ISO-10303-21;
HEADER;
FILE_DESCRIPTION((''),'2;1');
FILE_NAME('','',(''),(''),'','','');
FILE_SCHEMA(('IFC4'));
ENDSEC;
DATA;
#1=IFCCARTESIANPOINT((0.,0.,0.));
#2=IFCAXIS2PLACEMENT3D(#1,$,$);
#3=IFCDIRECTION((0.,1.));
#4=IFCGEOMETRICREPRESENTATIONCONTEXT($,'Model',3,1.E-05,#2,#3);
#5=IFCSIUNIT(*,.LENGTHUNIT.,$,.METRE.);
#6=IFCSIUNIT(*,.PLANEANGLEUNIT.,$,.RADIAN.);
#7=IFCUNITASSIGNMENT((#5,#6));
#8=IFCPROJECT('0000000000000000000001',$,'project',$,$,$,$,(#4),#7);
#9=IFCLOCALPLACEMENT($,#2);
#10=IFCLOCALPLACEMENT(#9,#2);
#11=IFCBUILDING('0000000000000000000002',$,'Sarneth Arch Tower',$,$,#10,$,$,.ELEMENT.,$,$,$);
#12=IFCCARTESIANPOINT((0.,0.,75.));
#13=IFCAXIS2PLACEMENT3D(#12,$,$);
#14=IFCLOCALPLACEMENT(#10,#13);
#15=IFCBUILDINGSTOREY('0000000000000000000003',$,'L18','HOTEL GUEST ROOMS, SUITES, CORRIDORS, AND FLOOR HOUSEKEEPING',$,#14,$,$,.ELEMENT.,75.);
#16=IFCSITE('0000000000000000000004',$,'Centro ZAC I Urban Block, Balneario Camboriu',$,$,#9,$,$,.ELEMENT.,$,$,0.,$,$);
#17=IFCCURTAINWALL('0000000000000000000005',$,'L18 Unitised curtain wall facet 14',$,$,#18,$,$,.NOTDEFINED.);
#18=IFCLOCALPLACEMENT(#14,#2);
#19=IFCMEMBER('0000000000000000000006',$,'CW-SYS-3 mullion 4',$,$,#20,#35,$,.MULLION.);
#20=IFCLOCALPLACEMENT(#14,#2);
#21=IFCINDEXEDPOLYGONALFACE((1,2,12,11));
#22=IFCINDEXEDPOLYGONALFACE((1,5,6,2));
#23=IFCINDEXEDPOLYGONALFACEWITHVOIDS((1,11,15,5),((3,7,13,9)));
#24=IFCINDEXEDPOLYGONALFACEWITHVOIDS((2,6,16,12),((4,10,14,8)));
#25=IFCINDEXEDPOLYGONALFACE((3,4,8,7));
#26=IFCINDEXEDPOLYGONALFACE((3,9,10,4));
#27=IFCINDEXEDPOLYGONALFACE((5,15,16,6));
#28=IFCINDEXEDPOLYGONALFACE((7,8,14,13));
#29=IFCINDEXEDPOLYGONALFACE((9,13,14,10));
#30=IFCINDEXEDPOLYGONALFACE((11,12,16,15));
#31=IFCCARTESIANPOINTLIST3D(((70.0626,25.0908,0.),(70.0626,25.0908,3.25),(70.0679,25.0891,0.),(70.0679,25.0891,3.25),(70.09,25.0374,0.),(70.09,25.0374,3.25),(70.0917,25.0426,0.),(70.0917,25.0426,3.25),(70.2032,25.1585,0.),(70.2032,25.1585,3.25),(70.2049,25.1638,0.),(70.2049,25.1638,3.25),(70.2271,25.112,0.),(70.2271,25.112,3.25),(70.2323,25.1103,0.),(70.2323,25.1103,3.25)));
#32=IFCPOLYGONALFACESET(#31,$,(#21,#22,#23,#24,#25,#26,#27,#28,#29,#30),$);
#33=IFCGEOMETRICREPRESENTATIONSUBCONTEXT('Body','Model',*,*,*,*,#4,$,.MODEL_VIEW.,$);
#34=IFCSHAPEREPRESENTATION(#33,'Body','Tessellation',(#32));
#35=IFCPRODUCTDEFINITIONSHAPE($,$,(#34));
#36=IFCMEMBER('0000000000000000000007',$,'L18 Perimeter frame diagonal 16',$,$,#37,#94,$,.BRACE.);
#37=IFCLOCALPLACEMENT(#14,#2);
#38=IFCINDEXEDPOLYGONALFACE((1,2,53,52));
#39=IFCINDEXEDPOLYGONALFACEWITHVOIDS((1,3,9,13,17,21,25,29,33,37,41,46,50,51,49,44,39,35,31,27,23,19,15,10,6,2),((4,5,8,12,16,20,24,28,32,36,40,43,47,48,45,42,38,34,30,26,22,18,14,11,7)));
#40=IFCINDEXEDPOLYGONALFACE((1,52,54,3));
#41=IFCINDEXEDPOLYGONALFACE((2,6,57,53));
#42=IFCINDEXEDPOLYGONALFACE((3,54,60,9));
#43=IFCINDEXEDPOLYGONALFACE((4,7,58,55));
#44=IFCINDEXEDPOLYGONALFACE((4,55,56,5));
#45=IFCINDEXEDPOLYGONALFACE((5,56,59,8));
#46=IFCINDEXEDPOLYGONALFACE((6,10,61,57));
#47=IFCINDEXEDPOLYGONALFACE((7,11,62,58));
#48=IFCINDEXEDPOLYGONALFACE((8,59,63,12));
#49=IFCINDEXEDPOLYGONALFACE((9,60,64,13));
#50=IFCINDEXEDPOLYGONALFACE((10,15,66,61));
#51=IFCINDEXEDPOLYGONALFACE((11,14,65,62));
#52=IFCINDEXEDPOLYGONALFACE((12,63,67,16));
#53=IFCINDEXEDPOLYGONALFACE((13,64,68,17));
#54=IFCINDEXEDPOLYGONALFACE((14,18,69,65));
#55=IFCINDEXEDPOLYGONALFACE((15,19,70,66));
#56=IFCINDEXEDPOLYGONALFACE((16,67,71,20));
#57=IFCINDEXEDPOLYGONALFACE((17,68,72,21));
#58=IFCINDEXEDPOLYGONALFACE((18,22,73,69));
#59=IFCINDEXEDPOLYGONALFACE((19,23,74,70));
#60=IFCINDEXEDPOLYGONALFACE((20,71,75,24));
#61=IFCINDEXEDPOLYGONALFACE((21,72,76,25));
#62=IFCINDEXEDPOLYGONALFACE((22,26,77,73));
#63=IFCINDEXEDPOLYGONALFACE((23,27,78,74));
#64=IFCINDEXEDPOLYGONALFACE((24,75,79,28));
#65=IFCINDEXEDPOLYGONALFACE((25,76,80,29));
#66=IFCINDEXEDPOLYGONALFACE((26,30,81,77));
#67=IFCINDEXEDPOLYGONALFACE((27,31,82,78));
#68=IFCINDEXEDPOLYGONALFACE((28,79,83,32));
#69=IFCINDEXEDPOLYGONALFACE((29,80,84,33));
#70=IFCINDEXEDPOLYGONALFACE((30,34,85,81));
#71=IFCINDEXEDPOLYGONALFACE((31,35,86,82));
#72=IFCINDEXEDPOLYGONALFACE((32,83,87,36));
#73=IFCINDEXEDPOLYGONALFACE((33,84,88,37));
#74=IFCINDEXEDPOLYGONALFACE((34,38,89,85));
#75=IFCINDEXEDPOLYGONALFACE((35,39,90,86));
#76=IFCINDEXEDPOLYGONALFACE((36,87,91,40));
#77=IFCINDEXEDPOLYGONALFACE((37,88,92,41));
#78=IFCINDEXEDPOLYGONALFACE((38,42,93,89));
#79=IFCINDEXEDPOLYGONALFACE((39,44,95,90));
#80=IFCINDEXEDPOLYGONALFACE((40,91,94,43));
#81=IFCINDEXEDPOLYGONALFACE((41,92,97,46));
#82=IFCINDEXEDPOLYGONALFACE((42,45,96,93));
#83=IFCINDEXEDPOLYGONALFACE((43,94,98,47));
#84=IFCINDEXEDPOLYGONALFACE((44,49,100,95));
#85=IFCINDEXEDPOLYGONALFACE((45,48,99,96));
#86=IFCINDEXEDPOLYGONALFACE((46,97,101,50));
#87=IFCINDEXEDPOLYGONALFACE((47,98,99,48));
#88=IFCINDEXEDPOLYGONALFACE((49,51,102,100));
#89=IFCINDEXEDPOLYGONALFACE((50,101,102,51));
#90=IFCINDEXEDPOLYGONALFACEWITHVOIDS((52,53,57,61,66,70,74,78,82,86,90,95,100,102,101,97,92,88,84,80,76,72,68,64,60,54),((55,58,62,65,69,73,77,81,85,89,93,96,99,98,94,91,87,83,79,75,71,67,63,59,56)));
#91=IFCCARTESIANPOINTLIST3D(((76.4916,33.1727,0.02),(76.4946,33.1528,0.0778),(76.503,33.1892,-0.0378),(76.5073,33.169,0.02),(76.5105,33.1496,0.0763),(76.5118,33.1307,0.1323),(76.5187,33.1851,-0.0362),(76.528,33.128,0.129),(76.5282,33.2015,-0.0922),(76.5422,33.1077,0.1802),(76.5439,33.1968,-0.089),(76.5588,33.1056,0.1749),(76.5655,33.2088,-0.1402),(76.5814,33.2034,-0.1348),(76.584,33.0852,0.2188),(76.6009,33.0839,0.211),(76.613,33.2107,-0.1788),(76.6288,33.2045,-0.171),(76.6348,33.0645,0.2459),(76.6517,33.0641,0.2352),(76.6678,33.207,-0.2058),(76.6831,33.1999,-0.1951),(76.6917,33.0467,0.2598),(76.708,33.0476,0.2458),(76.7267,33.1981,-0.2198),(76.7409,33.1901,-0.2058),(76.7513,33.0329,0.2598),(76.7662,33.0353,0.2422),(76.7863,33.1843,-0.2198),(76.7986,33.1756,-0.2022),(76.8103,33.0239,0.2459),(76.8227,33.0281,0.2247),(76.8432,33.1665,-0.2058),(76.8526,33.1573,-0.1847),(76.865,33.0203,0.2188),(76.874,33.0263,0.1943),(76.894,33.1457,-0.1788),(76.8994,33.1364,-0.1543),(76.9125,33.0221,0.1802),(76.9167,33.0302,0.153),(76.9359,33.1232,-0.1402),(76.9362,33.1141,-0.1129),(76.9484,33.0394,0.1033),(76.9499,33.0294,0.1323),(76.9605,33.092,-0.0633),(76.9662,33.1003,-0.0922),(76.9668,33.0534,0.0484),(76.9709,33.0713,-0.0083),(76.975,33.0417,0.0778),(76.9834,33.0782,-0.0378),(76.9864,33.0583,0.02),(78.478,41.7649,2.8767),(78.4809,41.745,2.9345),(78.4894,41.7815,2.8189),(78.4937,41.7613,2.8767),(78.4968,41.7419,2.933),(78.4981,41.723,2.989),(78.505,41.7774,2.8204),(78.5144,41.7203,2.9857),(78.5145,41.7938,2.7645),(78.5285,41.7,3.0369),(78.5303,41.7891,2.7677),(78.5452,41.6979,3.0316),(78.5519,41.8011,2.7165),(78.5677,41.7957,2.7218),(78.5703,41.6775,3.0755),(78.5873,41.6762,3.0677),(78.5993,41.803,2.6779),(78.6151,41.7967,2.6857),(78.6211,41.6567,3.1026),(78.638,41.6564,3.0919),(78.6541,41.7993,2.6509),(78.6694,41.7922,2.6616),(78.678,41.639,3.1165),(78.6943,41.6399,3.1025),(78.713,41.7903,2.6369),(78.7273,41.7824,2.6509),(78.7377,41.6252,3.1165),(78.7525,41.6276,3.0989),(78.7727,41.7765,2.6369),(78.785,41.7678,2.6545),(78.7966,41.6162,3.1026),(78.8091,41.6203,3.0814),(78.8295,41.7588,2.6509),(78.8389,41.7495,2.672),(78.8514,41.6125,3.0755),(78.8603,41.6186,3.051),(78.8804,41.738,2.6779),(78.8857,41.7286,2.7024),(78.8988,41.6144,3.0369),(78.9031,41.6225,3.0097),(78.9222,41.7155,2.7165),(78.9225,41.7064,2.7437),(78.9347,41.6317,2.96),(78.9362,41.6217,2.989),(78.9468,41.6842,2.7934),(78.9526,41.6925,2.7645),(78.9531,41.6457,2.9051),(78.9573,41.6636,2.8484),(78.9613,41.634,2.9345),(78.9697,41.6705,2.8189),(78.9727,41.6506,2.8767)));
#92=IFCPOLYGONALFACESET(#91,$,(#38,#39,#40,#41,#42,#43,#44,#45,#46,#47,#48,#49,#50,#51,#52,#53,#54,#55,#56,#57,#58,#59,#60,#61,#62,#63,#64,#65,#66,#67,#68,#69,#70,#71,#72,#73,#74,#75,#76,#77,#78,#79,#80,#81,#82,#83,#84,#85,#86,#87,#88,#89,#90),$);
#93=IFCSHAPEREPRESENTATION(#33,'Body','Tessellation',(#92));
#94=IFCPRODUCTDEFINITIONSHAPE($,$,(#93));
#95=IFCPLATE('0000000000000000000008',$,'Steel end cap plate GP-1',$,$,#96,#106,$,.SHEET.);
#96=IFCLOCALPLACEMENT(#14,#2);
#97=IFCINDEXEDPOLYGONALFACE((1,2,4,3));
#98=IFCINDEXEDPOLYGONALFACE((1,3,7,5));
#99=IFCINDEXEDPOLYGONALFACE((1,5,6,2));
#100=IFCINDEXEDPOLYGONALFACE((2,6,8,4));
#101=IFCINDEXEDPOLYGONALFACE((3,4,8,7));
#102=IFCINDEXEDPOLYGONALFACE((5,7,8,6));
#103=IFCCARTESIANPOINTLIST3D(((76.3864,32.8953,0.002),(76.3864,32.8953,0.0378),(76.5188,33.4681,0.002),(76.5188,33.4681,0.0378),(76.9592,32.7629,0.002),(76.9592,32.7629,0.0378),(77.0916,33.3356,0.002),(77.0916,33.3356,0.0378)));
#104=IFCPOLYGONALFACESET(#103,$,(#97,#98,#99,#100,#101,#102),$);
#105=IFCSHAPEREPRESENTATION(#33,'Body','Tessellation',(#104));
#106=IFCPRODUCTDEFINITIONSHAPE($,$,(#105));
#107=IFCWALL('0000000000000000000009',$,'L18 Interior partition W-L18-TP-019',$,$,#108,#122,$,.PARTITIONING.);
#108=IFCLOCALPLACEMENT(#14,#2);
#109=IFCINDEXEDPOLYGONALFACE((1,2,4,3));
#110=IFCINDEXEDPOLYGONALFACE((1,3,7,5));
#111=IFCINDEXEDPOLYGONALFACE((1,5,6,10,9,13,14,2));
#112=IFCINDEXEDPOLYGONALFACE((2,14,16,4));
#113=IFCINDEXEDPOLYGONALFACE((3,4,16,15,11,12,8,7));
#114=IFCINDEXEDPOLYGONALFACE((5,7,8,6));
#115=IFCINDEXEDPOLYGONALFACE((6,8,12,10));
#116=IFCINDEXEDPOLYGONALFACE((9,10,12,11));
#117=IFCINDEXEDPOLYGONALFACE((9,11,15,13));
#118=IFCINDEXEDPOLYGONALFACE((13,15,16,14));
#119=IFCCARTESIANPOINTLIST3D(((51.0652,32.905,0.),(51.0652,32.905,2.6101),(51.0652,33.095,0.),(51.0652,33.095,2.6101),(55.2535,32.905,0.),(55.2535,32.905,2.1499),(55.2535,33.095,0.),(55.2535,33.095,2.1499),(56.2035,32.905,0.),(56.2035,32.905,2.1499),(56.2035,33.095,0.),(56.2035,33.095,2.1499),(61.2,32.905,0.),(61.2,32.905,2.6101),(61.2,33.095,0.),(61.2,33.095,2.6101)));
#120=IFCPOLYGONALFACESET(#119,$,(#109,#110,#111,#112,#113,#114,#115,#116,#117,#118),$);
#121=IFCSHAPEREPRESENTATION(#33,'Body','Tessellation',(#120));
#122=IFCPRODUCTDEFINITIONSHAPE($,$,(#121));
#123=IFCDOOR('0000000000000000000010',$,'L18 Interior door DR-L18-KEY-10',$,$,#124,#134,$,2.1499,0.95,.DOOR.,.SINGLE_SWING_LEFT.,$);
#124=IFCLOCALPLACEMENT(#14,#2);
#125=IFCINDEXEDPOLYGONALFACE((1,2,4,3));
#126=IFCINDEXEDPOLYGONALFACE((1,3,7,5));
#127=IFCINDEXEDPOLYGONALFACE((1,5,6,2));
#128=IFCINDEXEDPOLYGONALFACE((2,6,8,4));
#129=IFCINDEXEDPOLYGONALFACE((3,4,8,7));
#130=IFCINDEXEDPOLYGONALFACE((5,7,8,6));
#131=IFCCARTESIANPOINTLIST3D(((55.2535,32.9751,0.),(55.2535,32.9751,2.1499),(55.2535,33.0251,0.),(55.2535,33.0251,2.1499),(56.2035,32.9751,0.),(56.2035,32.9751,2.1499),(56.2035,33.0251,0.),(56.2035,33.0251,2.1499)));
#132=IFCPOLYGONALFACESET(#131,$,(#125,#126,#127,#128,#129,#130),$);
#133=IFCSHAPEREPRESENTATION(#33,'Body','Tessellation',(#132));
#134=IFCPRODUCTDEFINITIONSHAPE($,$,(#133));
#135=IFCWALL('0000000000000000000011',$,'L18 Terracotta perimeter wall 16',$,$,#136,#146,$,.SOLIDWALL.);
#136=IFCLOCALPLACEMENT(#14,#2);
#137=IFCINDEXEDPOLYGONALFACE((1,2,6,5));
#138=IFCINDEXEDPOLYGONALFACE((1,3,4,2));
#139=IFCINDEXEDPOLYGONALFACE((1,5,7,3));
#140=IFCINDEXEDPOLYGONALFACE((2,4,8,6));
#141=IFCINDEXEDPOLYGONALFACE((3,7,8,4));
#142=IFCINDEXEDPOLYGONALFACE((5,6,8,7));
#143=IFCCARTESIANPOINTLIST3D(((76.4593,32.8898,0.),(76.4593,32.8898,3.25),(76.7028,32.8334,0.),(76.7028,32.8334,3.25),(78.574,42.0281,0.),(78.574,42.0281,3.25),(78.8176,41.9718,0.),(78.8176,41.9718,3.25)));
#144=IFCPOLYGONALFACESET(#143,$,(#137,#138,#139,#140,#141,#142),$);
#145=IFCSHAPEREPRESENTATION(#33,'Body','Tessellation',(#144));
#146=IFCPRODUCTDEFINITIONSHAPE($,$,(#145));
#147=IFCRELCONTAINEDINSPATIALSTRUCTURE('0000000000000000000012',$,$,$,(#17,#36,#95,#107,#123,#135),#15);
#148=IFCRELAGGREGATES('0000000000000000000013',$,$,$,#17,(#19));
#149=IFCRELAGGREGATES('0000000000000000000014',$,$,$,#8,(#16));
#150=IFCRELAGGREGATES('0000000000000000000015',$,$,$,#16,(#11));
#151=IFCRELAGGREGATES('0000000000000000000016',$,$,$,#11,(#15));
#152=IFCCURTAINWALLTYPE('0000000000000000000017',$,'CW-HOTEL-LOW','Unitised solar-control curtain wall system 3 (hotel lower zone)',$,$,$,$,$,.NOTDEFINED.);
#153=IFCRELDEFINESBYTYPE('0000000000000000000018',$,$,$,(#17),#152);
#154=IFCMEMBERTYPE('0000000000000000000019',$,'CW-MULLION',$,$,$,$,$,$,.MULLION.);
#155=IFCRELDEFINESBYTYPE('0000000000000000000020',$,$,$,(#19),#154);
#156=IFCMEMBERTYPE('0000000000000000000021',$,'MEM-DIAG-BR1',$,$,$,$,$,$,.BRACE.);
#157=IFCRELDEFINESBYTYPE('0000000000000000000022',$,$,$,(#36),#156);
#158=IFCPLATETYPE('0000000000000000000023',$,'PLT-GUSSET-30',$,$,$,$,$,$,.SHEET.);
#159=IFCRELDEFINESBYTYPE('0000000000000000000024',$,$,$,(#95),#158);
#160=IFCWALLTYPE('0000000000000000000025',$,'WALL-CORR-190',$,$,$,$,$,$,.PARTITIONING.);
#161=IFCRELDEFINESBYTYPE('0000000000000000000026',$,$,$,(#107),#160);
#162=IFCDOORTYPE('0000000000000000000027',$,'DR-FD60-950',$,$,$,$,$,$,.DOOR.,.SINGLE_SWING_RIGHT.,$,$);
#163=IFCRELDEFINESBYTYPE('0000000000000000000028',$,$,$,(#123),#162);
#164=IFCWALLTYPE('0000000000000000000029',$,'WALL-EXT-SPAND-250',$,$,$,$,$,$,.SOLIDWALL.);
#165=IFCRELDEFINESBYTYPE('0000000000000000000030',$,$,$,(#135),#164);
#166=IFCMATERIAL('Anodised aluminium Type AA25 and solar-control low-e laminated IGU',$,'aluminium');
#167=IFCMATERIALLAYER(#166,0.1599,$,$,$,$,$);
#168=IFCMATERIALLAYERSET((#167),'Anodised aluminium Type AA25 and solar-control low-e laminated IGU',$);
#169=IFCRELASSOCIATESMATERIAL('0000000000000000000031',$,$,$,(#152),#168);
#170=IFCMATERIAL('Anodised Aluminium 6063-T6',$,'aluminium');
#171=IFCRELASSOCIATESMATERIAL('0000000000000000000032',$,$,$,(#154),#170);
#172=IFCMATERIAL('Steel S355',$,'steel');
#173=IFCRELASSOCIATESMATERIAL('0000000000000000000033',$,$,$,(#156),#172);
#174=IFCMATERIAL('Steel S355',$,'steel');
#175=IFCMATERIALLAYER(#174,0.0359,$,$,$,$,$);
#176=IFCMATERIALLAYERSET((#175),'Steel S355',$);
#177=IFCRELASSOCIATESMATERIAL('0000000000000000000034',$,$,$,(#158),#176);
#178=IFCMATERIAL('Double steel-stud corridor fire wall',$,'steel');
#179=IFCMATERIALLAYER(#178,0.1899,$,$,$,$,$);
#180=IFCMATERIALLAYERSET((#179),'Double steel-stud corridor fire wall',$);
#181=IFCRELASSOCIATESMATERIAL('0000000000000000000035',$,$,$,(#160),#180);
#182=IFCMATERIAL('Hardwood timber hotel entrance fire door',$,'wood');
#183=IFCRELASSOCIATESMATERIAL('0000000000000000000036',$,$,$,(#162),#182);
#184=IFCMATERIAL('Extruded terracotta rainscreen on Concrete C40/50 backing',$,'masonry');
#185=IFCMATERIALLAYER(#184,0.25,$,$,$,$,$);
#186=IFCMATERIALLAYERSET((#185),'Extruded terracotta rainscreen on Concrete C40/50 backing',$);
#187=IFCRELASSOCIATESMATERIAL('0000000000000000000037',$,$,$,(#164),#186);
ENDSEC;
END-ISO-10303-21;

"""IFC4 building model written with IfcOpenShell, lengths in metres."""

from ifc_helpers import new_model, si_unit, direction, frame, frame_2d, origin, origin_2d, place, context, subcontext, project, spatial, rectangle, hollow_rectangle, hollow_circle, extrude, material, layer, layer_set, material_profile, profile_set, type_object, element, fill, aggregate, save


model = new_model("IFC4")

# Units and contexts
model_context = context("Model", 3, precision=1e-05, world=origin(), true_north=direction((0.0, 1.0)))
body_context = subcontext(model_context, "Body", "Model", "MODEL_VIEW")
ifc_project = project(units=[si_unit("LENGTHUNIT", "METRE"), si_unit("PLANEANGLEUNIT", "RADIAN")], contexts=[model_context])

# Site, building, storey
site_placement = place(None, origin())
site = spatial("IfcSite", under=ifc_project, at=site_placement, Name="Centro ZAC I Urban Block, Balneario Camboriu", CompositionType="ELEMENT", RefElevation=0.0)
building_placement = place(site_placement, origin())
building = spatial("IfcBuilding", under=site, at=building_placement, Name="Sarneth Arch Tower", CompositionType="ELEMENT")
storey_placement = place(building_placement, frame((0.0, 0.0, 75.0)))
storey = spatial("IfcBuildingStorey", under=building, at=storey_placement, Name="L18", Description="HOTEL GUEST ROOMS, SUITES, CORRIDORS, AND FLOOR HOUSEKEEPING", CompositionType="ELEMENT", Elevation=75.0)

# Curtain wall, member
ifc_material_1 = material(Name="Anodised aluminium Type AA25 and solar-control low-e laminated IGU", Category="aluminium")
ifc_layer_1 = layer(ifc_material_1, 0.1599)
ifc_layer_set_1 = layer_set([ifc_layer_1], Name="Anodised aluminium Type AA25 and solar-control low-e laminated IGU")
curtain_wall_type = type_object("IfcCurtainWallType", Name="CW-HOTEL-LOW", Description="Unitised solar-control curtain wall system 3 (hotel lower zone)", PredefinedType="NOTDEFINED", material=ifc_layer_set_1)
curtain_wall_placement = place(storey_placement, origin())
curtain_wall = element("IfcCurtainWall", 1, at=curtain_wall_placement, inside=storey, type_object=curtain_wall_type, Name="L18 Unitised curtain wall facet 14", PredefinedType="NOTDEFINED")
ifc_material_2 = material(Name="Anodised Aluminium 6063-T6", Category="aluminium")
ifc_material_profile_1 = material_profile(ifc_material_2, hollow_rectangle(XDim=0.0601, YDim=0.1599, WallThickness=0.0039, at=origin_2d()), Name="AL-MULL-160x60x4")
ifc_profile_set_1 = profile_set([ifc_material_profile_1], Name="Anodised Aluminium 6063-T6")
member_type_1 = type_object("IfcMemberType", Name="CW-MULLION", PredefinedType="MULLION", material=ifc_profile_set_1)
member_1_placement = place(storey_placement, frame((70.1475, 25.1006, 0.0), z_axis=(0.0, 0.0, 1.0), x_axis=(-0.456245, 0.889854, 0.0)))
member_1 = element("IfcMember", 2, at=member_1_placement, type_object=member_type_1, Name="CW-SYS-3 mullion 4", PredefinedType="MULLION", context=body_context, shape_type="SweptSolid", body=[
    extrude(hollow_rectangle(XDim=0.0601, YDim=0.1599, WallThickness=0.0039, at=origin_2d()), origin(), (0.0, 0.0, 1.0), 3.25),
])
aggregate(curtain_wall, [member_1])

# Member
ifc_material_3 = material(Name="Steel S355", Category="steel")
ifc_material_profile_2 = material_profile(ifc_material_3, hollow_circle(Radius=0.2539, WallThickness=0.0161, at=origin_2d()), Name="CHS508x16")
ifc_profile_set_2 = profile_set([ifc_material_profile_2], Name="Steel S355")
member_type_2 = type_object("IfcMemberType", Name="MEM-DIAG-BR1", PredefinedType="BRACE", material=ifc_profile_set_2)
member_2_placement = place(storey_placement, frame((76.739, 33.1155, 0.02), z_axis=(0.214274, 0.926888, 0.308164), x_axis=(-0.974304, 0.225236, 0.0)))
element("IfcMember", 3, at=member_2_placement, inside=storey, type_object=member_type_2, Name="L18 Perimeter frame diagonal 16", PredefinedType="BRACE", context=body_context, shape_type="SweptSolid", body=[
    extrude(hollow_circle(Radius=0.2539, WallThickness=0.0161, at=origin_2d()), origin(), (0.0, 0.0, 1.0), 9.27),
])

# Plate
ifc_material_4 = material(Name="Steel S355", Category="steel")
ifc_layer_2 = layer(ifc_material_4, 0.0359)
ifc_layer_set_2 = layer_set([ifc_layer_2], Name="Steel S355")
plate_type = type_object("IfcPlateType", Name="PLT-GUSSET-30", PredefinedType="SHEET", material=ifc_layer_set_2)
plate_placement = place(storey_placement, frame((76.739, 33.1155, 0.002), z_axis=(0.0, 0.0, 1.0), x_axis=(0.225291, 0.974291, 0.0)))
element("IfcPlate", 4, at=plate_placement, inside=storey, type_object=plate_type, Name="Steel end cap plate GP-1", PredefinedType="SHEET", context=body_context, shape_type="SweptSolid", body=[
    extrude(rectangle(XDim=0.5879, YDim=0.5879, at=origin_2d()), origin(), (0.0, 0.0, 1.0), 0.0359),
])

# Wall, opening, door
ifc_material_5 = material(Name="Double steel-stud corridor fire wall", Category="steel")
ifc_layer_3 = layer(ifc_material_5, 0.1899)
ifc_layer_set_3 = layer_set([ifc_layer_3], Name="Double steel-stud corridor fire wall")
wall_type_1 = type_object("IfcWallType", Name="WALL-CORR-190", PredefinedType="PARTITIONING", material=ifc_layer_set_3)
wall_1_placement = place(storey_placement, frame((61.2, 33.0, 0.0), z_axis=(0.0, 0.0, 1.0), x_axis=(-1.0, 0.0, 0.0)))
wall_1 = element("IfcWall", 5, at=wall_1_placement, inside=storey, type_object=wall_type_1, Name="L18 Interior partition W-L18-TP-019", PredefinedType="PARTITIONING", context=body_context, shape_type="SweptSolid", body=[
    extrude(rectangle(XDim=10.1348, YDim=0.1899, at=frame_2d((5.0674, 0.0))), origin(), (0.0, 0.0, 1.0), 2.6101),
])
opening_1_placement = place(wall_1_placement, frame((4.9963, 0.0, 0.0)))
opening_1 = element("IfcOpeningElement", 6, at=opening_1_placement, cuts=wall_1, PredefinedType="OPENING", context=body_context, shape_type="SweptSolid", body=[
    extrude(rectangle(XDim=0.95, YDim=2.1499, at=frame_2d((0.4751, 1.075))), frame((0.0, 0.105, 0.0), z_axis=(0.0, -1.0, 0.0), x_axis=(1.0, 0.0, 0.0)), (0.0, 0.0, 1.0), 0.21),
])
ifc_material_6 = material(Name="Hardwood timber hotel entrance fire door", Category="wood")
door_type_1 = type_object("IfcDoorType", Name="DR-FD60-950", OperationType="SINGLE_SWING_RIGHT", PredefinedType="DOOR", material=ifc_material_6)
door_1_placement = place(opening_1_placement, origin())
door_1 = element("IfcDoor", 7, at=door_1_placement, inside=storey, type_object=door_type_1, Name="L18 Interior door DR-L18-KEY-10", OperationType="SINGLE_SWING_LEFT", OverallHeight=2.1499, OverallWidth=0.95, PredefinedType="DOOR", context=body_context, shape_type="SweptSolid", body=[
    extrude(rectangle(XDim=0.95, YDim=2.1499, at=frame_2d((0.4751, 1.075))), frame((0.0, 0.0249, 0.0), z_axis=(0.0, -1.0, 0.0), x_axis=(1.0, 0.0, 0.0)), (0.0, 0.0, 1.0), 0.05),
])
fill(opening_1, door_1)

# Wall
ifc_material_7 = material(Name="Extruded terracotta rainscreen on Concrete C40/50 backing", Category="masonry")
ifc_layer_4 = layer(ifc_material_7, 0.25)
ifc_layer_set_4 = layer_set([ifc_layer_4], Name="Extruded terracotta rainscreen on Concrete C40/50 backing")
wall_type_2 = type_object("IfcWallType", Name="WALL-EXT-SPAND-250", PredefinedType="SOLIDWALL", material=ifc_layer_set_4)
wall_2_placement = place(storey_placement, frame((76.5811, 32.8616, 0.0), z_axis=(0.0, 0.0, 1.0), x_axis=(0.225454, 0.974254, 0.0)))
element("IfcWall", 8, at=wall_2_placement, inside=storey, type_object=wall_type_2, Name="L18 Terracotta perimeter wall 16", PredefinedType="SOLIDWALL", context=body_context, shape_type="SweptSolid", body=[
    extrude(rectangle(XDim=9.3799, YDim=0.25, at=frame_2d((4.6899, 0.0))), origin(), (0.0, 0.0, 1.0), 3.25),
])

save(model, "model.ifc")
